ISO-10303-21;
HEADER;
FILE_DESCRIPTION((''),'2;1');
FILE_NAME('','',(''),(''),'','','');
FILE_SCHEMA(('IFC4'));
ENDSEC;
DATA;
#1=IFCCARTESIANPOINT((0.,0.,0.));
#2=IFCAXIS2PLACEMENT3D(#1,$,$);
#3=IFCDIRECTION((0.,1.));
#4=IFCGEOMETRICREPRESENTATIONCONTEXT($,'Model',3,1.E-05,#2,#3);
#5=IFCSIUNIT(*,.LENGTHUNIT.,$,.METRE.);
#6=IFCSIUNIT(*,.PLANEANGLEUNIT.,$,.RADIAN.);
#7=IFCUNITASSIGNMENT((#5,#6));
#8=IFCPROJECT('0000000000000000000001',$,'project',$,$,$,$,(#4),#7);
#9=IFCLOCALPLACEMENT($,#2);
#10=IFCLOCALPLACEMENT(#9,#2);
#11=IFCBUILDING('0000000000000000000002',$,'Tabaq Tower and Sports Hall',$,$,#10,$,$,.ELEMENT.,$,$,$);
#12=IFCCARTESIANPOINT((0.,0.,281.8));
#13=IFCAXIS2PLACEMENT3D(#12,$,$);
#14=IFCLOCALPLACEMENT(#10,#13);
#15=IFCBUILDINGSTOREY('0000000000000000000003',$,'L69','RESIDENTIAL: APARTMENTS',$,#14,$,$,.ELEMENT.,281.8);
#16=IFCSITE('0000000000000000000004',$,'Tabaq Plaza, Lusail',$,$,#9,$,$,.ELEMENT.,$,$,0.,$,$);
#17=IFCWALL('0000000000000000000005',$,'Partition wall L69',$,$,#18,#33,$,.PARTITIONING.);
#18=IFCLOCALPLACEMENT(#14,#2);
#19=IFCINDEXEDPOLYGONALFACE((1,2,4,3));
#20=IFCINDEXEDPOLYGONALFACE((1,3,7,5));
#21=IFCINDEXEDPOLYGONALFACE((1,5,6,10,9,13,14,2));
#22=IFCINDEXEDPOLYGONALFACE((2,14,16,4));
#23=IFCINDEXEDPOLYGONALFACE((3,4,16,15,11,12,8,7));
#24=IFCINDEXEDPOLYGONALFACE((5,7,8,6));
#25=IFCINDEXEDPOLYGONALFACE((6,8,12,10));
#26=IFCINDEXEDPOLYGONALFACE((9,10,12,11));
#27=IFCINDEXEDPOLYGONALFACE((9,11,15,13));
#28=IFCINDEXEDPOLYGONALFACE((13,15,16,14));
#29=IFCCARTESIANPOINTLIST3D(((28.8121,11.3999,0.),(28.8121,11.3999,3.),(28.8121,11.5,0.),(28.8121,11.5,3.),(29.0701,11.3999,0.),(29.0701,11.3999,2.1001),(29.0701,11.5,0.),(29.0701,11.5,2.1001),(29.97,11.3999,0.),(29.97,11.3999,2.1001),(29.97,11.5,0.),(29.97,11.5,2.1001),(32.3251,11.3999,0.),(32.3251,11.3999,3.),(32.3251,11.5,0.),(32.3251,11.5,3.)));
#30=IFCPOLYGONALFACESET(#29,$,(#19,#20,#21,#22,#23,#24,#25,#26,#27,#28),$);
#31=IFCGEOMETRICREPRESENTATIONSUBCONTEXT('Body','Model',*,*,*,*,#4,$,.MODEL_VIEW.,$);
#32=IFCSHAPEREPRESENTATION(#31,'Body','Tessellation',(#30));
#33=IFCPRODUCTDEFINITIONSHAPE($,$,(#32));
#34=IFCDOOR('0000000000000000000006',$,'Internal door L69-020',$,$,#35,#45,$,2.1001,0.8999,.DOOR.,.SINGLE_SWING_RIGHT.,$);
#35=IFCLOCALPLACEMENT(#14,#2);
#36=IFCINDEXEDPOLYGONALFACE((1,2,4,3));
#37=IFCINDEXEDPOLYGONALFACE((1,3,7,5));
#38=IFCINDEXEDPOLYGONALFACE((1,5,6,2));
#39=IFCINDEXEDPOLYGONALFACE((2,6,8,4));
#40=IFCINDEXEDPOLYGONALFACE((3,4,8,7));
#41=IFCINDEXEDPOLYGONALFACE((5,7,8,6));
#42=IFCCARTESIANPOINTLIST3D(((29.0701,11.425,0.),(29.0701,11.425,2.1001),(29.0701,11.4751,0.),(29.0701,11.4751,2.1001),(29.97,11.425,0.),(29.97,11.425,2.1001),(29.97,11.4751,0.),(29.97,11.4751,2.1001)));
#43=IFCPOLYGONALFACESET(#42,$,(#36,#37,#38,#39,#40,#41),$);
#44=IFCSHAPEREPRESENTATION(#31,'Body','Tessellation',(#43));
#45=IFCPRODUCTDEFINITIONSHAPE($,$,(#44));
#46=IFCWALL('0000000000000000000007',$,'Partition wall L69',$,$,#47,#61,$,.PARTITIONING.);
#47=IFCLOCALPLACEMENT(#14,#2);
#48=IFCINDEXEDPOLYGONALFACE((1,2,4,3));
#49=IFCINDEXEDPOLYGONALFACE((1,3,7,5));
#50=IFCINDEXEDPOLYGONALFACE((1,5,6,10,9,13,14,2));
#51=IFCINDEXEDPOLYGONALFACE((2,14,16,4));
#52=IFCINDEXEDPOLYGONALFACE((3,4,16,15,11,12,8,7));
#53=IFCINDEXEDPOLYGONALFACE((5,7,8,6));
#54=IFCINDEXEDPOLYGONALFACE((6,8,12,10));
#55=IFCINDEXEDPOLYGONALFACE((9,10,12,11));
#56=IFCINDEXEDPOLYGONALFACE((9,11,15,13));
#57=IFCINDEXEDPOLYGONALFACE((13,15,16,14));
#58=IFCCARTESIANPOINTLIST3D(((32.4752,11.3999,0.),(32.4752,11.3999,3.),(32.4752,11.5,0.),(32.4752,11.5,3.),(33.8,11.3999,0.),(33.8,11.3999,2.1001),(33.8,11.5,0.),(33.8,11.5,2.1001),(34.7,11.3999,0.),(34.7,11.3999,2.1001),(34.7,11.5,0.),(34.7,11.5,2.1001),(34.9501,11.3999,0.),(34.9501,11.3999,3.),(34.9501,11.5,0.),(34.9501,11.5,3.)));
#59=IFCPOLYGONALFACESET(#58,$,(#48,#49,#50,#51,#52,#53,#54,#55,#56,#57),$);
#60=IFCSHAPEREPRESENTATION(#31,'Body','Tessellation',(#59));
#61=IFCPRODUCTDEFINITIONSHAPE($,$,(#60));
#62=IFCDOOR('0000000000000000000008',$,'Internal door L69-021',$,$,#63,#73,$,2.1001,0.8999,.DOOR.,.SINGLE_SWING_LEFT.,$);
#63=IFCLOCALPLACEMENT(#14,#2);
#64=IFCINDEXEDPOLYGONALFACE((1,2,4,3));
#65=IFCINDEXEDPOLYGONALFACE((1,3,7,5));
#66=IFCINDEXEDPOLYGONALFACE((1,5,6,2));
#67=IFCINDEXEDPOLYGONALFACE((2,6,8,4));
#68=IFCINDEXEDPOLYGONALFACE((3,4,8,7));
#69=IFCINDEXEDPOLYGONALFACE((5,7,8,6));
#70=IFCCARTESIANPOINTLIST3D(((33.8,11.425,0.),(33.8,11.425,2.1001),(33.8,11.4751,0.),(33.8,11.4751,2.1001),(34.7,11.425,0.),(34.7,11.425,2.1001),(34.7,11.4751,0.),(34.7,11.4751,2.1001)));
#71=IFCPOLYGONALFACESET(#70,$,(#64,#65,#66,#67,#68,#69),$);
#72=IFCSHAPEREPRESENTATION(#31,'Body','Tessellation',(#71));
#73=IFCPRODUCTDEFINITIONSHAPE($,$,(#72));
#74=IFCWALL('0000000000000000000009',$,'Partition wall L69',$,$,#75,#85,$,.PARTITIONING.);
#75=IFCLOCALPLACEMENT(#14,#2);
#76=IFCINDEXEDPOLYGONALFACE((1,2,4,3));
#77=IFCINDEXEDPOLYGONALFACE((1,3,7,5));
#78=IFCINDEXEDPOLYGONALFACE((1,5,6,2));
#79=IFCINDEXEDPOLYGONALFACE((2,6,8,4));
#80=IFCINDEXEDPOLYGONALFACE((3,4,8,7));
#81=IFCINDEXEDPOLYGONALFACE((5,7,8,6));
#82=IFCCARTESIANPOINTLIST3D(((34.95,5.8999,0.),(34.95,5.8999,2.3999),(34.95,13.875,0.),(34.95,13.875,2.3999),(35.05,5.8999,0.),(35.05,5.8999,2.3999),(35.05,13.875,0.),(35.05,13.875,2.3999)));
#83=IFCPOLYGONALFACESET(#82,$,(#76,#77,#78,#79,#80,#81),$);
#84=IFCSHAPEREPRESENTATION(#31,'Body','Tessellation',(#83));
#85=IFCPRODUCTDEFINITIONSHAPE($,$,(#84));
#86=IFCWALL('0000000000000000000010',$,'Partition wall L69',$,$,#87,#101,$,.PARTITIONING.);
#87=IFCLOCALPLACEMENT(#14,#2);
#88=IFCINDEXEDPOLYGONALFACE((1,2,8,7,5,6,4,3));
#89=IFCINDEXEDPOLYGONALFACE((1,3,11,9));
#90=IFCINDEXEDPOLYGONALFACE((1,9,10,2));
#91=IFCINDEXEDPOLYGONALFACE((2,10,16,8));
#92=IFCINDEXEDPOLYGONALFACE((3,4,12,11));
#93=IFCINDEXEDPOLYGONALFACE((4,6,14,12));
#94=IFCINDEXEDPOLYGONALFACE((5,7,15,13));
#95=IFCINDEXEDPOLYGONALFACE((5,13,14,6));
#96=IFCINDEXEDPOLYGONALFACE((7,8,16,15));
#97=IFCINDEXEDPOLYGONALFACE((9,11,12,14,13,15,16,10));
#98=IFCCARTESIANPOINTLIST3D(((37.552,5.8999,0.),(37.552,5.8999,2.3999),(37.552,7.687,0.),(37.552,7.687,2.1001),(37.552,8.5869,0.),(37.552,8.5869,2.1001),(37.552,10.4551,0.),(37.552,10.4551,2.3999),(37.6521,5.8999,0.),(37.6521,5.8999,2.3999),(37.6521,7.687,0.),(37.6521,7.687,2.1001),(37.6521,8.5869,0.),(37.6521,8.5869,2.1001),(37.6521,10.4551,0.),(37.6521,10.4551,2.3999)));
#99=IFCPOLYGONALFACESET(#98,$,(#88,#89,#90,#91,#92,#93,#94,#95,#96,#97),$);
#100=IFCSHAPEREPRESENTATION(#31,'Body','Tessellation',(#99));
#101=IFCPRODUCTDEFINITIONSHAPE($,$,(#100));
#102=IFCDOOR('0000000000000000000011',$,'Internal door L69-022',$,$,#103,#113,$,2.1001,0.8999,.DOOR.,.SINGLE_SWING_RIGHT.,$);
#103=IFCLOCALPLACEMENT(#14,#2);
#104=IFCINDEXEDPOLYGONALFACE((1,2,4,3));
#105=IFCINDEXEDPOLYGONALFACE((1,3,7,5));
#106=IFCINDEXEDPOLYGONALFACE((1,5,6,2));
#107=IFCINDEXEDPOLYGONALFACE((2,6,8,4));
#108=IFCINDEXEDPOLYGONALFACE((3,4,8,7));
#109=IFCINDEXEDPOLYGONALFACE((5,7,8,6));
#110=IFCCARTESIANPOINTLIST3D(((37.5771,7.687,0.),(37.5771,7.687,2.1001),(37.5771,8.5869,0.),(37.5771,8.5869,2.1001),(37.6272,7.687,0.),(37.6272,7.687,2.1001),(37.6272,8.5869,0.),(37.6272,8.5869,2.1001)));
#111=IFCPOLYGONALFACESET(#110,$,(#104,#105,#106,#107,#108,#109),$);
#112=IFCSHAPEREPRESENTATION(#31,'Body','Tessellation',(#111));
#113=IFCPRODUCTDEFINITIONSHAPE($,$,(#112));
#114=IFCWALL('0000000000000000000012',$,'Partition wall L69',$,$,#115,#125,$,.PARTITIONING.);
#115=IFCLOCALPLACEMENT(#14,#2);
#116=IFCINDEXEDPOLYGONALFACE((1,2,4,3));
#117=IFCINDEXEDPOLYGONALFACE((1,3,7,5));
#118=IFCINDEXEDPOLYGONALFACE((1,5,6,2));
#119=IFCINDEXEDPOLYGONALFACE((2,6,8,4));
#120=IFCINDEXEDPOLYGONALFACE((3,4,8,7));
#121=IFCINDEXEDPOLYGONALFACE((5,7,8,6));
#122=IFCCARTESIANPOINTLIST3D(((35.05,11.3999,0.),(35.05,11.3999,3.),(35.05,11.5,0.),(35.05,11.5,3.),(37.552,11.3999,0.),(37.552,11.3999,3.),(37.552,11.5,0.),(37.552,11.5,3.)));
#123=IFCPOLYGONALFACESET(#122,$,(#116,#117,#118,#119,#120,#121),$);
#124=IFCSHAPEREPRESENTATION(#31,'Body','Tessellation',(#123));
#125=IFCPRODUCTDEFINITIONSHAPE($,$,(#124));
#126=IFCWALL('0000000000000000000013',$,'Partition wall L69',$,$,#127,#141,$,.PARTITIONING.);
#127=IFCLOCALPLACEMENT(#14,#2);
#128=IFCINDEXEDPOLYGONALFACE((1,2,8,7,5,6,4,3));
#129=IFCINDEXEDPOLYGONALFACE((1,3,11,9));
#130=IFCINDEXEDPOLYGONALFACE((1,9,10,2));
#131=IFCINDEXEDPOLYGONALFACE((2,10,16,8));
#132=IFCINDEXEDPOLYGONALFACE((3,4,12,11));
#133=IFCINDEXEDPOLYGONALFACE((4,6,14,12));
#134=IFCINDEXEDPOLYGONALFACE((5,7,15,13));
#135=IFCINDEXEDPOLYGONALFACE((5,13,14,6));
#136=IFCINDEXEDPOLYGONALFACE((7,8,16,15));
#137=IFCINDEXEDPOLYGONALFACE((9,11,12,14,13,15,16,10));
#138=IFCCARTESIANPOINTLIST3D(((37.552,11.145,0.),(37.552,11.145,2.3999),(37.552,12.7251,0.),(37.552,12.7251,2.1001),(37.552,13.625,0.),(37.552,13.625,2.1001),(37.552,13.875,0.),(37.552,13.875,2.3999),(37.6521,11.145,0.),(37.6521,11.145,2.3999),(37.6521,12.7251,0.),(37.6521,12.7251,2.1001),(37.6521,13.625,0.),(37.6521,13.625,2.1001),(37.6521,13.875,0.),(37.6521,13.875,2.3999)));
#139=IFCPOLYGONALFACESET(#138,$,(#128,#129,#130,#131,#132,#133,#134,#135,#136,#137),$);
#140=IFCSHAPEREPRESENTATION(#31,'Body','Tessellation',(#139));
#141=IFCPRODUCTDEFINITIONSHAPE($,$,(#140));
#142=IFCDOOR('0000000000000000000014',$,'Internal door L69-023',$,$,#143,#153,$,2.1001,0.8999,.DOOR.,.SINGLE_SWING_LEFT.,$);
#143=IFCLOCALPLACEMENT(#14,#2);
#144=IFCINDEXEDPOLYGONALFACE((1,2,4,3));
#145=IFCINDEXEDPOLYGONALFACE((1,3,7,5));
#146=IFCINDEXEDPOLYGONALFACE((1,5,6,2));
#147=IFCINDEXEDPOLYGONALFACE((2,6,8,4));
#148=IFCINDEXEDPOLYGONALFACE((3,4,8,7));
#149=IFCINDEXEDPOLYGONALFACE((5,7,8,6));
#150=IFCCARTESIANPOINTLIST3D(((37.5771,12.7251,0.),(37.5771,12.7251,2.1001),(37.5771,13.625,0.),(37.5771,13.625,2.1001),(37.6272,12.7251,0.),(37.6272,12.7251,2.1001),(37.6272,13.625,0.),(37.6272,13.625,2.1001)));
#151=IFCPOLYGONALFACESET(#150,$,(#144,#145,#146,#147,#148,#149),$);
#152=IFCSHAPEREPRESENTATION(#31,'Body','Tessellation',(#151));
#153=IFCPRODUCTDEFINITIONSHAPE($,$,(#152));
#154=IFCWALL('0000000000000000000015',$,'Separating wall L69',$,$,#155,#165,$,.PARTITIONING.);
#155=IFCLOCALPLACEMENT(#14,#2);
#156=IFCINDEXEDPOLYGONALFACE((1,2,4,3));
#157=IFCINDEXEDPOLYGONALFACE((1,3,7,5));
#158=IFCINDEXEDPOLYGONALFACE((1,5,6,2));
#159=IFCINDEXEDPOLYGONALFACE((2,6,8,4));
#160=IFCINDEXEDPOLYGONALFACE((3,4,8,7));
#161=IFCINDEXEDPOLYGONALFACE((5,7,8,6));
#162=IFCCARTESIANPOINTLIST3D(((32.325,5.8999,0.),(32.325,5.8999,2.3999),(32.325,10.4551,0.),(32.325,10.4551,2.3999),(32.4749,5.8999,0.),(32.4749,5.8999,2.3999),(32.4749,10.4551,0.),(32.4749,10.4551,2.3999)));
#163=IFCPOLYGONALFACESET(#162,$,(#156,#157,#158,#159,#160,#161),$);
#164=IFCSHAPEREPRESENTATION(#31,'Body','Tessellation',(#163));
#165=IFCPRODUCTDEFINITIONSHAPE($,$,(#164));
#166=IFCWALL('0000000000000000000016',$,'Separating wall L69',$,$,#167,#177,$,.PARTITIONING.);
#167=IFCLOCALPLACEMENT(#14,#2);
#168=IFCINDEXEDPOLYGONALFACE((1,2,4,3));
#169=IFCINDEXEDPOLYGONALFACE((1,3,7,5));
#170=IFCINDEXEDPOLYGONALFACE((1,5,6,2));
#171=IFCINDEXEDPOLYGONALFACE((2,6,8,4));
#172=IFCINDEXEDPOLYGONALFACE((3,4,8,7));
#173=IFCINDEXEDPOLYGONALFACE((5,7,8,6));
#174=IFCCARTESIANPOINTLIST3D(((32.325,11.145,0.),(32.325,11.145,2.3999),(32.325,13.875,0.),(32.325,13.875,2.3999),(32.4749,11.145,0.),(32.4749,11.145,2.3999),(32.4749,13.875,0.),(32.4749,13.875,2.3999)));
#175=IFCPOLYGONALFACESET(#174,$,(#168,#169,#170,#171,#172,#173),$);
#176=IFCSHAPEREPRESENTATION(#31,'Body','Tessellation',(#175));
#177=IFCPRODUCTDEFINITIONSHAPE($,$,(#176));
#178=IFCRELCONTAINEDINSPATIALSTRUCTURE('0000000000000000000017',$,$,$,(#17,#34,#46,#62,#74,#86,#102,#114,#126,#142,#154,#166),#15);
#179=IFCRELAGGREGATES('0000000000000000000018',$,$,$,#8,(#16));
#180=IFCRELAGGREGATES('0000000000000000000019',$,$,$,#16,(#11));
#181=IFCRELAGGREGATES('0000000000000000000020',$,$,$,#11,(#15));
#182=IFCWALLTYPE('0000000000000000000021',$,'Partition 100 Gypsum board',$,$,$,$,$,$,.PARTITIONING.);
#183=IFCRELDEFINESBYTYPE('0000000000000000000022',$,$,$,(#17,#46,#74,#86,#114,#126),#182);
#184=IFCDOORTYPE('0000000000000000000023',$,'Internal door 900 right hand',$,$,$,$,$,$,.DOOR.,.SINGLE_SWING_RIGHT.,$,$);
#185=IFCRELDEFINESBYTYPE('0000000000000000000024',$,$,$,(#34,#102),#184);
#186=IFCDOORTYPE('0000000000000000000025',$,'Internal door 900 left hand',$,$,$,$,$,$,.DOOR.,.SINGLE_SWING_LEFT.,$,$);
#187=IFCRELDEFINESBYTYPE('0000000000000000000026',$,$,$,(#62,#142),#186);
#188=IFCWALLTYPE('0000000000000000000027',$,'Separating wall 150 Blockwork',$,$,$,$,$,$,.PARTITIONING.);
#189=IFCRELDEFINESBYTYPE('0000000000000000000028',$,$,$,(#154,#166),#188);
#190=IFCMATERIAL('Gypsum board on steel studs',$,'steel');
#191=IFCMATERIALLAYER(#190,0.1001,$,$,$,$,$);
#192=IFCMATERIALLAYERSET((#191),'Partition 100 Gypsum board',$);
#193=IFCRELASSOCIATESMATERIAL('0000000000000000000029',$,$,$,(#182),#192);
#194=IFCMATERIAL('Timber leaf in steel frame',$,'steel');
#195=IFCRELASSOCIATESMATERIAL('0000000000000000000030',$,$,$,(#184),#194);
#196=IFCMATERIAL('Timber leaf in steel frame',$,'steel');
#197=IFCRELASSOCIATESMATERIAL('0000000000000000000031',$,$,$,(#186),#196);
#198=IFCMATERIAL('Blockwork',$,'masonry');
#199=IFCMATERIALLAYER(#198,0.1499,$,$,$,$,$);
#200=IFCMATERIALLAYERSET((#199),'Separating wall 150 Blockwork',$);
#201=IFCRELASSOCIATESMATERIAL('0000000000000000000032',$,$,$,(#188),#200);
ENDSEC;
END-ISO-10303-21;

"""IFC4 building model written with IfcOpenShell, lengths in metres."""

from ifc_helpers import new_model, si_unit, direction, frame, frame_2d, origin, place, context, subcontext, project, spatial, rectangle, extrude, material, layer, layer_set, type_object, element, fill, save


model = new_model("IFC4")

# Units and contexts
model_context = context("Model", 3, precision=1e-05, world=origin(), true_north=direction((0.0, 1.0)))
body_context = subcontext(model_context, "Body", "Model", "MODEL_VIEW")
ifc_project = project(units=[si_unit("LENGTHUNIT", "METRE"), si_unit("PLANEANGLEUNIT", "RADIAN")], contexts=[model_context])

# Site, building, storey
site_placement = place(None, origin())
site = spatial("IfcSite", under=ifc_project, at=site_placement, Name="Tabaq Plaza, Lusail", CompositionType="ELEMENT", RefElevation=0.0)
building_placement = place(site_placement, origin())
building = spatial("IfcBuilding", under=site, at=building_placement, Name="Tabaq Tower and Sports Hall", CompositionType="ELEMENT")
storey_placement = place(building_placement, frame((0.0, 0.0, 281.8)))
storey = spatial("IfcBuildingStorey", under=building, at=storey_placement, Name="L69", Description="RESIDENTIAL: APARTMENTS", CompositionType="ELEMENT", Elevation=281.8)

# Shared definitions
ifc_material_1 = material(Name="Gypsum board on steel studs", Category="steel")
ifc_layer_1 = layer(ifc_material_1, 0.1001)
ifc_layer_set_1 = layer_set([ifc_layer_1], Name="Partition 100 Gypsum board")
wall_type_1 = type_object("IfcWallType", Name="Partition 100 Gypsum board", PredefinedType="PARTITIONING", material=ifc_layer_set_1)
ifc_material_2 = material(Name="Timber leaf in steel frame", Category="steel")
door_type_1 = type_object("IfcDoorType", Name="Internal door 900 right hand", OperationType="SINGLE_SWING_RIGHT", PredefinedType="DOOR", material=ifc_material_2)

# Walls, openings, doors
wall_1_placement = place(storey_placement, frame((32.325, 11.45, 0.0), z_axis=(0.0, 0.0, 1.0), x_axis=(-1.0, 0.0, 0.0)))
wall_1 = element("IfcWall", 1, at=wall_1_placement, inside=storey, type_object=wall_type_1, Name="Partition wall L69", PredefinedType="PARTITIONING", context=body_context, shape_type="SweptSolid", body=[
    extrude(rectangle(XDim=3.5129, YDim=0.1001, at=frame_2d((1.7563, 0.0))), origin(), (0.0, 0.0, 1.0), 3.0),
])
opening_1_placement = place(wall_1_placement, frame((2.355, 0.0, 0.0)))
opening_1 = element("IfcOpeningElement", 2, at=opening_1_placement, cuts=wall_1, PredefinedType="OPENING", context=body_context, shape_type="SweptSolid", body=[
    extrude(rectangle(XDim=0.8999, YDim=2.1001, at=frame_2d((0.45, 1.05))), frame((0.0, 0.05, 0.0), z_axis=(0.0, -1.0, 0.0), x_axis=(1.0, 0.0, 0.0)), (0.0, 0.0, 1.0), 0.1001),
])
door_1_placement = place(opening_1_placement, origin())
door_1 = element("IfcDoor", 3, at=door_1_placement, inside=storey, type_object=door_type_1, Name="Internal door L69-020", OperationType="SINGLE_SWING_RIGHT", OverallHeight=2.1001, OverallWidth=0.8999, PredefinedType="DOOR", context=body_context, shape_type="SweptSolid", body=[
    extrude(rectangle(XDim=0.8999, YDim=2.1001, at=frame_2d((0.45, 1.05))), frame((0.0, 0.0249, 0.0), z_axis=(0.0, -1.0, 0.0), x_axis=(1.0, 0.0, 0.0)), (0.0, 0.0, 1.0), 0.05),
])
fill(opening_1, door_1)
wall_2_placement = place(storey_placement, frame((34.95, 11.45, 0.0), z_axis=(0.0, 0.0, 1.0), x_axis=(-1.0, 0.0, 0.0)))
wall_2 = element("IfcWall", 4, at=wall_2_placement, inside=storey, type_object=wall_type_1, Name="Partition wall L69", PredefinedType="PARTITIONING", context=body_context, shape_type="SweptSolid", body=[
    extrude(rectangle(XDim=2.4749, YDim=0.1001, at=frame_2d((1.2373, 0.0))), origin(), (0.0, 0.0, 1.0), 3.0),
])
opening_2_placement = place(wall_2_placement, frame((0.25, 0.0, 0.0)))
opening_2 = element("IfcOpeningElement", 5, at=opening_2_placement, cuts=wall_2, PredefinedType="OPENING", context=body_context, shape_type="SweptSolid", body=[
    extrude(rectangle(XDim=0.8999, YDim=2.1001, at=frame_2d((0.45, 1.05))), frame((0.0, 0.05, 0.0), z_axis=(0.0, -1.0, 0.0), x_axis=(1.0, 0.0, 0.0)), (0.0, 0.0, 1.0), 0.1001),
])
ifc_material_3 = material(Name="Timber leaf in steel frame", Category="steel")
door_type_2 = type_object("IfcDoorType", Name="Internal door 900 left hand", OperationType="SINGLE_SWING_LEFT", PredefinedType="DOOR", material=ifc_material_3)
door_2_placement = place(opening_2_placement, origin())
door_2 = element("IfcDoor", 6, at=door_2_placement, inside=storey, type_object=door_type_2, Name="Internal door L69-021", OperationType="SINGLE_SWING_LEFT", OverallHeight=2.1001, OverallWidth=0.8999, PredefinedType="DOOR", context=body_context, shape_type="SweptSolid", body=[
    extrude(rectangle(XDim=0.8999, YDim=2.1001, at=frame_2d((0.45, 1.05))), frame((0.0, 0.0249, 0.0), z_axis=(0.0, -1.0, 0.0), x_axis=(1.0, 0.0, 0.0)), (0.0, 0.0, 1.0), 0.05),
])
fill(opening_2, door_2)

# Wall
wall_3_placement = place(storey_placement, frame((35.0, 5.8999, 0.0), z_axis=(0.0, 0.0, 1.0), x_axis=(0.0, 1.0, 0.0)))
element("IfcWall", 7, at=wall_3_placement, inside=storey, type_object=wall_type_1, Name="Partition wall L69", PredefinedType="PARTITIONING", context=body_context, shape_type="SweptSolid", body=[
    extrude(rectangle(XDim=7.9751, YDim=0.1001, at=frame_2d((3.9875, 0.0))), origin(), (0.0, 0.0, 1.0), 2.3999),
])

# Wall, opening, door
wall_4_placement = place(storey_placement, frame((37.6021, 5.8999, 0.0), z_axis=(0.0, 0.0, 1.0), x_axis=(0.0, 1.0, 0.0)))
wall_4 = element("IfcWall", 8, at=wall_4_placement, inside=storey, type_object=wall_type_1, Name="Partition wall L69", PredefinedType="PARTITIONING", context=body_context, shape_type="SweptSolid", body=[
    extrude(rectangle(XDim=4.5552, YDim=0.1001, at=frame_2d((2.2776, 0.0))), origin(), (0.0, 0.0, 1.0), 2.3999),
])
opening_3_placement = place(wall_4_placement, frame((1.7871, 0.0, 0.0)))
opening_3 = element("IfcOpeningElement", 9, at=opening_3_placement, cuts=wall_4, PredefinedType="OPENING", context=body_context, shape_type="SweptSolid", body=[
    extrude(rectangle(XDim=0.8999, YDim=2.1001, at=frame_2d((0.45, 1.05))), frame((0.0, 0.05, 0.0), z_axis=(0.0, -1.0, 0.0), x_axis=(1.0, 0.0, 0.0)), (0.0, 0.0, 1.0), 0.1001),
])
door_3_placement = place(opening_3_placement, origin())
door_3 = element("IfcDoor", 10, at=door_3_placement, inside=storey, type_object=door_type_1, Name="Internal door L69-022", OperationType="SINGLE_SWING_RIGHT", OverallHeight=2.1001, OverallWidth=0.8999, PredefinedType="DOOR", context=body_context, shape_type="SweptSolid", body=[
    extrude(rectangle(XDim=0.8999, YDim=2.1001, at=frame_2d((0.45, 1.05))), frame((0.0, 0.0249, 0.0), z_axis=(0.0, -1.0, 0.0), x_axis=(1.0, 0.0, 0.0)), (0.0, 0.0, 1.0), 0.05),
])
fill(opening_3, door_3)

# Wall
wall_5_placement = place(storey_placement, frame((37.552, 11.45, 0.0), z_axis=(0.0, 0.0, 1.0), x_axis=(-1.0, 0.0, 0.0)))
element("IfcWall", 11, at=wall_5_placement, inside=storey, type_object=wall_type_1, Name="Partition wall L69", PredefinedType="PARTITIONING", context=body_context, shape_type="SweptSolid", body=[
    extrude(rectangle(XDim=2.502, YDim=0.1001, at=frame_2d((1.251, 0.0))), origin(), (0.0, 0.0, 1.0), 3.0),
])

# Wall, opening, door
wall_6_placement = place(storey_placement, frame((37.6021, 11.145, 0.0), z_axis=(0.0, 0.0, 1.0), x_axis=(0.0, 1.0, 0.0)))
wall_6 = element("IfcWall", 12, at=wall_6_placement, inside=storey, type_object=wall_type_1, Name="Partition wall L69", PredefinedType="PARTITIONING", context=body_context, shape_type="SweptSolid", body=[
    extrude(rectangle(XDim=2.73, YDim=0.1001, at=frame_2d((1.365, 0.0))), origin(), (0.0, 0.0, 1.0), 2.3999),
])
opening_4_placement = place(wall_6_placement, frame((1.5801, 0.0, 0.0)))
opening_4 = element("IfcOpeningElement", 13, at=opening_4_placement, cuts=wall_6, PredefinedType="OPENING", context=body_context, shape_type="SweptSolid", body=[
    extrude(rectangle(XDim=0.8999, YDim=2.1001, at=frame_2d((0.45, 1.05))), frame((0.0, 0.05, 0.0), z_axis=(0.0, -1.0, 0.0), x_axis=(1.0, 0.0, 0.0)), (0.0, 0.0, 1.0), 0.1001),
])
door_4_placement = place(opening_4_placement, origin())
door_4 = element("IfcDoor", 14, at=door_4_placement, inside=storey, type_object=door_type_2, Name="Internal door L69-023", OperationType="SINGLE_SWING_LEFT", OverallHeight=2.1001, OverallWidth=0.8999, PredefinedType="DOOR", context=body_context, shape_type="SweptSolid", body=[
    extrude(rectangle(XDim=0.8999, YDim=2.1001, at=frame_2d((0.45, 1.05))), frame((0.0, 0.0249, 0.0), z_axis=(0.0, -1.0, 0.0), x_axis=(1.0, 0.0, 0.0)), (0.0, 0.0, 1.0), 0.05),
])
fill(opening_4, door_4)

# Walls
ifc_material_4 = material(Name="Blockwork", Category="masonry")
ifc_layer_2 = layer(ifc_material_4, 0.1499)
ifc_layer_set_2 = layer_set([ifc_layer_2], Name="Separating wall 150 Blockwork")
wall_type_2 = type_object("IfcWallType", Name="Separating wall 150 Blockwork", PredefinedType="PARTITIONING", material=ifc_layer_set_2)
wall_7_placement = place(storey_placement, frame((32.3999, 5.8999, 0.0), z_axis=(0.0, 0.0, 1.0), x_axis=(0.0, 1.0, 0.0)))
element("IfcWall", 15, at=wall_7_placement, inside=storey, type_object=wall_type_2, Name="Separating wall L69", PredefinedType="PARTITIONING", context=body_context, shape_type="SweptSolid", body=[
    extrude(rectangle(XDim=4.5552, YDim=0.1499, at=frame_2d((2.2776, 0.0))), origin(), (0.0, 0.0, 1.0), 2.3999),
])
wall_8_placement = place(storey_placement, frame((32.3999, 11.145, 0.0), z_axis=(0.0, 0.0, 1.0), x_axis=(0.0, 1.0, 0.0)))
element("IfcWall", 16, at=wall_8_placement, inside=storey, type_object=wall_type_2, Name="Separating wall L69", PredefinedType="PARTITIONING", context=body_context, shape_type="SweptSolid", body=[
    extrude(rectangle(XDim=2.73, YDim=0.1499, at=frame_2d((1.365, 0.0))), origin(), (0.0, 0.0, 1.0), 2.3999),
])

save(model, "model.ifc")
